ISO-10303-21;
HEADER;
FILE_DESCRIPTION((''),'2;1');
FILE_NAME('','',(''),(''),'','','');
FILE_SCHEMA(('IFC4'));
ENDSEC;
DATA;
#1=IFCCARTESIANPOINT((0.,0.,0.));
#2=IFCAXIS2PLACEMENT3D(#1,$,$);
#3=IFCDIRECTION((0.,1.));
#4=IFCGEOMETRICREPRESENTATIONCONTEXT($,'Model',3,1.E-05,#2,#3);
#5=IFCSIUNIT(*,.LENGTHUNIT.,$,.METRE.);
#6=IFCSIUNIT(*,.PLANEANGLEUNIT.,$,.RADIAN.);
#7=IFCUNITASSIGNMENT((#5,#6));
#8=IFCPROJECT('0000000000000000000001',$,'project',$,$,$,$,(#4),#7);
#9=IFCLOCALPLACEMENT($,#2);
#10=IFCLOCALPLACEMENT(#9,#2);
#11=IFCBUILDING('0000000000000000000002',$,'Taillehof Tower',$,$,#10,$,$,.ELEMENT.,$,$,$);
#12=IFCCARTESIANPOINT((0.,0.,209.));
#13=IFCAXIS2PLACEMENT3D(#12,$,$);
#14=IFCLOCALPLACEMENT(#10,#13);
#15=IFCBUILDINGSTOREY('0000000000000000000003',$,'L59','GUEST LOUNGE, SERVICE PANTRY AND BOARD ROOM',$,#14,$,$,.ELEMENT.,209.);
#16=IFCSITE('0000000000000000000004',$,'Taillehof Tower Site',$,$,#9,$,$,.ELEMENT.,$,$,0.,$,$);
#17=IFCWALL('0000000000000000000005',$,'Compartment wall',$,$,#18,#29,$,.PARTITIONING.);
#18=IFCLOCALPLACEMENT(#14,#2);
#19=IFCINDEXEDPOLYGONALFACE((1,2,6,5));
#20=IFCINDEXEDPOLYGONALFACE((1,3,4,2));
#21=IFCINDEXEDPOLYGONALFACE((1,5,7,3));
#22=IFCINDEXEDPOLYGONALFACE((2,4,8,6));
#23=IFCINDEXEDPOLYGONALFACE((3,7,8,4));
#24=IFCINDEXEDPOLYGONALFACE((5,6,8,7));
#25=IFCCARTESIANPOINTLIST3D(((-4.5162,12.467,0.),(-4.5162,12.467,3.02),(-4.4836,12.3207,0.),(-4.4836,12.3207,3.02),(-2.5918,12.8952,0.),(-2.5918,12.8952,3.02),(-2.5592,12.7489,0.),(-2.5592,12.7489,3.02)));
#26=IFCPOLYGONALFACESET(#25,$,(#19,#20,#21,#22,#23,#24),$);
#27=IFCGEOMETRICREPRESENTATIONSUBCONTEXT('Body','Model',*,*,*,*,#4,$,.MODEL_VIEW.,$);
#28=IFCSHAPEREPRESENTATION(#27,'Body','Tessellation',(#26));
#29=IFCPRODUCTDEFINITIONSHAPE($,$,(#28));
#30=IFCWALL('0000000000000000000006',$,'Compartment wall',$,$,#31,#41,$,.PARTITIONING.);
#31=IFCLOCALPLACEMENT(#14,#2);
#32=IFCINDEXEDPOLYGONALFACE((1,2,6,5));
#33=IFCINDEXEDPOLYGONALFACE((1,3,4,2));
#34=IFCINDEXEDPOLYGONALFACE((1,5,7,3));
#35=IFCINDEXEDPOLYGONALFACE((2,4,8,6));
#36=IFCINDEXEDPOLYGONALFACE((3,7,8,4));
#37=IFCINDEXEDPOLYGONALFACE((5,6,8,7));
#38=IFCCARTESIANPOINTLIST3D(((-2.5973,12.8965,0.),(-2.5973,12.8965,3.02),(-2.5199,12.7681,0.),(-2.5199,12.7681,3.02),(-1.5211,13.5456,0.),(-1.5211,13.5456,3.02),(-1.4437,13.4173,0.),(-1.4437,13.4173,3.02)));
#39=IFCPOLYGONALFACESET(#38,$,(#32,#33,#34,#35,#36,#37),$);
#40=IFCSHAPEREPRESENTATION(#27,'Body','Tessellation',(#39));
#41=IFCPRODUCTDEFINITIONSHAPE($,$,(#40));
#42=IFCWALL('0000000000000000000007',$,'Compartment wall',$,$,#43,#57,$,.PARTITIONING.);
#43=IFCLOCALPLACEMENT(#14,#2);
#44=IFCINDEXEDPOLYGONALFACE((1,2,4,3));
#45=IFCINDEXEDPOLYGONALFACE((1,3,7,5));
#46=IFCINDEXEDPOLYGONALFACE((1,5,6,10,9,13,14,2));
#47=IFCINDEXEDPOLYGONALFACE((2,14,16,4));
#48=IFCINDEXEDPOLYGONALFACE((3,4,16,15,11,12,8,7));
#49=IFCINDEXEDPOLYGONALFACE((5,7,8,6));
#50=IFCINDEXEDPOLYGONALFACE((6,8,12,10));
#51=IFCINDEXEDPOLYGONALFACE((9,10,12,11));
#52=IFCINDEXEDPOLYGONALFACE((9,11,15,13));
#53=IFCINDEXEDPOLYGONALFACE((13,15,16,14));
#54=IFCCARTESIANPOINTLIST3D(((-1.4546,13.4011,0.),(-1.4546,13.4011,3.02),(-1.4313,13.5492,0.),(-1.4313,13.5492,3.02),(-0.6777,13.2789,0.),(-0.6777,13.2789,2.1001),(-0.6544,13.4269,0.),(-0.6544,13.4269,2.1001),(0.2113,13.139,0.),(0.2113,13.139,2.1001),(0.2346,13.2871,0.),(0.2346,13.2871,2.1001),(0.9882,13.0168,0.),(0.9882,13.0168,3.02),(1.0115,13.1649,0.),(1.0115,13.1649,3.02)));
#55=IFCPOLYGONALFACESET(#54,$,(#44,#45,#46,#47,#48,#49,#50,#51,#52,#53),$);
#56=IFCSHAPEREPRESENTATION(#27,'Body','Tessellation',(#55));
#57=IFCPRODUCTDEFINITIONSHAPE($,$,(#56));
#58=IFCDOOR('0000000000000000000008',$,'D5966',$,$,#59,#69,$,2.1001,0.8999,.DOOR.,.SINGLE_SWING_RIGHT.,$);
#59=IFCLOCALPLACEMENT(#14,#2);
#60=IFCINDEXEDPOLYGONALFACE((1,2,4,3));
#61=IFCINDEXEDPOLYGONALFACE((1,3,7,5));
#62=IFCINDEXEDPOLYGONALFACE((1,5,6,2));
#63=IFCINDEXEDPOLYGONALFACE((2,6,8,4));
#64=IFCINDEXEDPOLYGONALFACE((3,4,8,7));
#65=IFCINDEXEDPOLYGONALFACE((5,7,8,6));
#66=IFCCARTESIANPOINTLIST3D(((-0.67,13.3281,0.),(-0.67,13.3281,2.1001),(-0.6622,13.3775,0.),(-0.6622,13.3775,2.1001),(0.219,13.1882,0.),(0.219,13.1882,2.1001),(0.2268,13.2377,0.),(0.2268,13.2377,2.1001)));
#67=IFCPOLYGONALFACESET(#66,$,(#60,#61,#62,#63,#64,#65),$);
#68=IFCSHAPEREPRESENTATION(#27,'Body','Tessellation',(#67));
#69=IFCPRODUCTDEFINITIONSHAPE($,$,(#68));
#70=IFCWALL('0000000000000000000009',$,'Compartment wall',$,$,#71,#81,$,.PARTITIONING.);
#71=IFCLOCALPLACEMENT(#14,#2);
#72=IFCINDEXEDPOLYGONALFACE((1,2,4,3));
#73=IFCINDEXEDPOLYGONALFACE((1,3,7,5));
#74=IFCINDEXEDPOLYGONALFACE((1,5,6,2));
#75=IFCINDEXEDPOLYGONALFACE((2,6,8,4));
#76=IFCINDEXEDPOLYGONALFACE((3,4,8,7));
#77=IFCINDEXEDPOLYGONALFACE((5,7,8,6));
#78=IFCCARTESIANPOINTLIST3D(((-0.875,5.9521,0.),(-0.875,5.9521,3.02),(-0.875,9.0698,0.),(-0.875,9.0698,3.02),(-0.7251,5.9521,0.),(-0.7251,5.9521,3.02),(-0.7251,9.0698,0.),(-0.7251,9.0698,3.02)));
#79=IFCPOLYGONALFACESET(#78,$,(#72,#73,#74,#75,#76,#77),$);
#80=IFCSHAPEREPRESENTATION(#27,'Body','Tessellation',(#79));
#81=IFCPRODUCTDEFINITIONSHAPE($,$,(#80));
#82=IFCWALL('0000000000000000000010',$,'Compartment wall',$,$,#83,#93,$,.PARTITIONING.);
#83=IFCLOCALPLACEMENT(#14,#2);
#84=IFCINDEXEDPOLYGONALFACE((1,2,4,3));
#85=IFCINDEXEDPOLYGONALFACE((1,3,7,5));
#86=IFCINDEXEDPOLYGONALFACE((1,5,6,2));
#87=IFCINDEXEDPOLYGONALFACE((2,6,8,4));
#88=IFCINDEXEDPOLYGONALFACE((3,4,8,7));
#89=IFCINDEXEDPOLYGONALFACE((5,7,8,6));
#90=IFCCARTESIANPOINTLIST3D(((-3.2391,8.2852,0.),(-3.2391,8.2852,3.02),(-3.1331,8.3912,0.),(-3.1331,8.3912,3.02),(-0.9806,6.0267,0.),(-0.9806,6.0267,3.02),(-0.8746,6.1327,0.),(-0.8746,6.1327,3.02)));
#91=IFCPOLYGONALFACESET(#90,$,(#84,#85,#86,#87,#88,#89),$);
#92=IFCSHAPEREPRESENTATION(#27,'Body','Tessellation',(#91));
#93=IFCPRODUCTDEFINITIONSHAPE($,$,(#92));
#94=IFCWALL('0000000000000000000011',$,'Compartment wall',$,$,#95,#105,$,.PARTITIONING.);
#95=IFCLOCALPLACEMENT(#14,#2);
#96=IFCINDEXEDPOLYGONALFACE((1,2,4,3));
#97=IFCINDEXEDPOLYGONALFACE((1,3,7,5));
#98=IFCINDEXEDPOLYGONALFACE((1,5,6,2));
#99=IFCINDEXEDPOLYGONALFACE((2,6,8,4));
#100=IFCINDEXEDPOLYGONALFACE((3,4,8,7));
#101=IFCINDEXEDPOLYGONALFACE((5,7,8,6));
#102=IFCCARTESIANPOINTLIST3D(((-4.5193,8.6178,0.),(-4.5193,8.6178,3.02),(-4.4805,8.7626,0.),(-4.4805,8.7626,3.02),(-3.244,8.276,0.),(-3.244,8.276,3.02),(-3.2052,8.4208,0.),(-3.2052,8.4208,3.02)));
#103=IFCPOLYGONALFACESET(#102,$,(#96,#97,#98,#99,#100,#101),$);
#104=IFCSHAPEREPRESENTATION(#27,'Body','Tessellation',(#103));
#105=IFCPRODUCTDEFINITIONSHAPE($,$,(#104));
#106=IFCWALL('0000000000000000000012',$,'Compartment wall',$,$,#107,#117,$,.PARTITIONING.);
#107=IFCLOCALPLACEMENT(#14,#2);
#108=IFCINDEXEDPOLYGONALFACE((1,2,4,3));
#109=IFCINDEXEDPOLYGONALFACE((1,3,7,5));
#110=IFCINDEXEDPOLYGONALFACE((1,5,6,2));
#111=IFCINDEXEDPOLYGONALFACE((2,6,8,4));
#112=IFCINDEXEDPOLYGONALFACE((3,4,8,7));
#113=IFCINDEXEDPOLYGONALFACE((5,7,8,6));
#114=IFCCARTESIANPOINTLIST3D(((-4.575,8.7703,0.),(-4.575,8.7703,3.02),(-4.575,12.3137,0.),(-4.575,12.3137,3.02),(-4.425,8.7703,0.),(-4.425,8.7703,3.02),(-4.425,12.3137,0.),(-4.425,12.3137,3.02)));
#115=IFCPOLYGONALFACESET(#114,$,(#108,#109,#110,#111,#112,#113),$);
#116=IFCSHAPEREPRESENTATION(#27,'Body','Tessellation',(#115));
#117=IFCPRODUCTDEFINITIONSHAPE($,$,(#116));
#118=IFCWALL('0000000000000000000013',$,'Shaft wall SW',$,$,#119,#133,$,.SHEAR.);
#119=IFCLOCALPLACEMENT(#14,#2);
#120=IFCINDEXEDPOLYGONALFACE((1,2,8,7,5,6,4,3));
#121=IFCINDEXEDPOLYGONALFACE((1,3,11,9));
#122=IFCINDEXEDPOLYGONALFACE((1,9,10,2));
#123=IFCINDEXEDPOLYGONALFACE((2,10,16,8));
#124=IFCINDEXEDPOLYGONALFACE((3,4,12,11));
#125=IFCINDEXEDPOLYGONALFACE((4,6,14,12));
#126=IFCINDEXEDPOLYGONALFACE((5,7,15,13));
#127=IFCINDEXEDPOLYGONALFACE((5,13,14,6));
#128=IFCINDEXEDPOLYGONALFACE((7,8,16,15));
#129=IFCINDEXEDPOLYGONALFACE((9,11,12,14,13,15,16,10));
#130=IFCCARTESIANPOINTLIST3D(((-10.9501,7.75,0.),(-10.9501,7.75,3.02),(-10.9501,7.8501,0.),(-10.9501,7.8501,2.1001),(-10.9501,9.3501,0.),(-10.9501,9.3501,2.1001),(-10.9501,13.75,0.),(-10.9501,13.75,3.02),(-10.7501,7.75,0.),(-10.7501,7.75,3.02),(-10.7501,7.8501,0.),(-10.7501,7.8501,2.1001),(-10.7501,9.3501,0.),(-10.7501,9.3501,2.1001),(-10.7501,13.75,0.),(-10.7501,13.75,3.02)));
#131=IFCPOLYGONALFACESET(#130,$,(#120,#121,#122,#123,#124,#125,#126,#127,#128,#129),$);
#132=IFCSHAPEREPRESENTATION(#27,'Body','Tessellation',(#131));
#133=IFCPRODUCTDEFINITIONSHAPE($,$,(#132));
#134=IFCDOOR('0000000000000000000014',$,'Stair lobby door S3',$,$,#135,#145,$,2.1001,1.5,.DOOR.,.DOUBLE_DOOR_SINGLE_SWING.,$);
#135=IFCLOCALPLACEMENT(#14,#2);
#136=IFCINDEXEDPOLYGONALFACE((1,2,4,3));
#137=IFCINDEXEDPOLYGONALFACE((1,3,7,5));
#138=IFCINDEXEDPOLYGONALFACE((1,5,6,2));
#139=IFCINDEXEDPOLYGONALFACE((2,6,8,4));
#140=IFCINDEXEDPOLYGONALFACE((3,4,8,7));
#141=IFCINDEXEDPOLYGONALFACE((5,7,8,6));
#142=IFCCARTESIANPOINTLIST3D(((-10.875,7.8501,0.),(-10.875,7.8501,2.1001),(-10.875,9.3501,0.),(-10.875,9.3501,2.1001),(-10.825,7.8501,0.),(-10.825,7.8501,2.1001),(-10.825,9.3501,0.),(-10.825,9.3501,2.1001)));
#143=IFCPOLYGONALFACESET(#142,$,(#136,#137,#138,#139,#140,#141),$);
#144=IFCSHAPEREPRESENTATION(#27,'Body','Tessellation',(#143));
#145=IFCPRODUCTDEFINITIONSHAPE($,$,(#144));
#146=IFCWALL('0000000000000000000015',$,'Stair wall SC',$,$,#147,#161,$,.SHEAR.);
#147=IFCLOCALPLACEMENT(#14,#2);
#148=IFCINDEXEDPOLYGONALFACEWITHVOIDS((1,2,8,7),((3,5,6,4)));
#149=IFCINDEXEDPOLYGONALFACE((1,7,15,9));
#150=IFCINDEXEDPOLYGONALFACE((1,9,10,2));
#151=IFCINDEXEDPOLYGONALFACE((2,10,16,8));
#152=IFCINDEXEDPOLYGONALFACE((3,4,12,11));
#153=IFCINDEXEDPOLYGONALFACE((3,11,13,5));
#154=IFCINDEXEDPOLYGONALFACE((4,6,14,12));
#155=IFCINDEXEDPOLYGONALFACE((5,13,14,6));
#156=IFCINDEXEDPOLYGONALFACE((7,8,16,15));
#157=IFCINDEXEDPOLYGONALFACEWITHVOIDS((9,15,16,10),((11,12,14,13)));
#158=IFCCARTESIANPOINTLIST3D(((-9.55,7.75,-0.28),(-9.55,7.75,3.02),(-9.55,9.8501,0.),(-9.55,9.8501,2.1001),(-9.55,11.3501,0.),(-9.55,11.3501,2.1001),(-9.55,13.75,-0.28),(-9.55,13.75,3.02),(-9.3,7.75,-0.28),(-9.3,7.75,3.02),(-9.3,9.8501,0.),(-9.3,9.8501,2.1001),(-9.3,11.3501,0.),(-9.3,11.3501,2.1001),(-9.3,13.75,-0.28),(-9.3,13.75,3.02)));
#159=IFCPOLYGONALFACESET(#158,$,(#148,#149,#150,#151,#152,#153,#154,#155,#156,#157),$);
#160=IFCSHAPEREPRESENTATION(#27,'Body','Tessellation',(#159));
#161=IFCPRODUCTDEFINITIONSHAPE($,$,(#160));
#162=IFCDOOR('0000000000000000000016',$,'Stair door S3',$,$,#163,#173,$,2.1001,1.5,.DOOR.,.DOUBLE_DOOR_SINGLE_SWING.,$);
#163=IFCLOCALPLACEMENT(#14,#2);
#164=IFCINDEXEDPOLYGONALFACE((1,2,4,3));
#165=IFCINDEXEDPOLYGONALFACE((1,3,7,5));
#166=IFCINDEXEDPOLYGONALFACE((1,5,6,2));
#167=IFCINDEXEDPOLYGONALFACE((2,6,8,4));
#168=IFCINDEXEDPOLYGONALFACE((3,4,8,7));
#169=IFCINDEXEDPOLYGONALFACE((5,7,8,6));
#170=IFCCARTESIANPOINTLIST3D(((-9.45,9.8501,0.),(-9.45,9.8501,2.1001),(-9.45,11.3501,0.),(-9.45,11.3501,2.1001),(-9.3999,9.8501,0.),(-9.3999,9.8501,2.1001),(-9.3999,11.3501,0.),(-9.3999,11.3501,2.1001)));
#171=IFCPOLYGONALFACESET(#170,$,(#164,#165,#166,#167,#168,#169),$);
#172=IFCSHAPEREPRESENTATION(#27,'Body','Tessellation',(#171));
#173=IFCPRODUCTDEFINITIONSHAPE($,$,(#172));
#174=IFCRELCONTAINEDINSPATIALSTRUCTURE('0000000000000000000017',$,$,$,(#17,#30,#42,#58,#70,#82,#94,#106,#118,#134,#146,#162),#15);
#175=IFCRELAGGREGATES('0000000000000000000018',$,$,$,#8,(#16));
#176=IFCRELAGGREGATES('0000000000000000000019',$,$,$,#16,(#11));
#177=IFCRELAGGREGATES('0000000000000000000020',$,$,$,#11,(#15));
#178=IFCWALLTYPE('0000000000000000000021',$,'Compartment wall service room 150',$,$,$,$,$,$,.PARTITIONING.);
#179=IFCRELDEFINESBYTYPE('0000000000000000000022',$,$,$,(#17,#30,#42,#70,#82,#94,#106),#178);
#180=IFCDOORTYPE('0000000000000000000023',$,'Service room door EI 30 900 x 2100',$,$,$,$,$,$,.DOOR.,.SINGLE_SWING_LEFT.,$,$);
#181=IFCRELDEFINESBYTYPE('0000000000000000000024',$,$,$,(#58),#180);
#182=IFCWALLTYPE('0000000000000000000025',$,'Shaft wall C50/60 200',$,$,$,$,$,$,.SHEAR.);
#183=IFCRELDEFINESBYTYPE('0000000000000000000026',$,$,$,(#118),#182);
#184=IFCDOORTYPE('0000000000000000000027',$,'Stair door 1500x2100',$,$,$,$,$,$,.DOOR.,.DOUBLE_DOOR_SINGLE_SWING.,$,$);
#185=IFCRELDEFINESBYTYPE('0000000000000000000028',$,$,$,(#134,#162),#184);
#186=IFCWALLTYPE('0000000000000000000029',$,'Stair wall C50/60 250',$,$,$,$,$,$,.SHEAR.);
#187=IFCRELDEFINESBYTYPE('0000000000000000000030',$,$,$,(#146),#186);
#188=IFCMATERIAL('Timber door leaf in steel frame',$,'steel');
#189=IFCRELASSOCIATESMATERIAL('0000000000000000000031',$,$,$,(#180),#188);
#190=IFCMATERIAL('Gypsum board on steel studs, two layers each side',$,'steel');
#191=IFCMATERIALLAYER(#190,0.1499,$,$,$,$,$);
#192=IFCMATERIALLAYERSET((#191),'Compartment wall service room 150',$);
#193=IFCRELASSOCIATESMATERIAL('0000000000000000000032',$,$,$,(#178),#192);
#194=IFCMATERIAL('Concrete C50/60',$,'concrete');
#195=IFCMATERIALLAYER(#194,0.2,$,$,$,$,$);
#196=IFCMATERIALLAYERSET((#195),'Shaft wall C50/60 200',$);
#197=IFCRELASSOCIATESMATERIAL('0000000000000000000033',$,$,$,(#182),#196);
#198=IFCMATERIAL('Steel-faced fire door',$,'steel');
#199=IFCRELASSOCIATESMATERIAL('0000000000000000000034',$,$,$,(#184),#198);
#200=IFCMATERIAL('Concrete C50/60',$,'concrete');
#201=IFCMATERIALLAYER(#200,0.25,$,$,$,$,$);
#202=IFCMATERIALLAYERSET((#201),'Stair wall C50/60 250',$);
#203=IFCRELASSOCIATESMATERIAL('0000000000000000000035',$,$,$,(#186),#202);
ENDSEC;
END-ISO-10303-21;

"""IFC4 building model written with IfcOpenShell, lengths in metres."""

from ifc_helpers import new_model, si_unit, direction, frame, frame_2d, origin, place, context, subcontext, project, spatial, rectangle, extrude, material, layer, layer_set, type_object, element, fill, save


model = new_model("IFC4")

# Units and contexts
model_context = context("Model", 3, precision=1e-05, world=origin(), true_north=direction((0.0, 1.0)))
body_context = subcontext(model_context, "Body", "Model", "MODEL_VIEW")
ifc_project = project(units=[si_unit("LENGTHUNIT", "METRE"), si_unit("PLANEANGLEUNIT", "RADIAN")], contexts=[model_context])

# Site, building, storey
site_placement = place(None, origin())
site = spatial("IfcSite", under=ifc_project, at=site_placement, Name="Taillehof Tower Site", CompositionType="ELEMENT", RefElevation=0.0)
building_placement = place(site_placement, origin())
building = spatial("IfcBuilding", under=site, at=building_placement, Name="Taillehof Tower", CompositionType="ELEMENT")
storey_placement = place(building_placement, frame((0.0, 0.0, 209.0)))
storey = spatial("IfcBuildingStorey", under=building, at=storey_placement, Name="L59", Description="GUEST LOUNGE, SERVICE PANTRY AND BOARD ROOM", CompositionType="ELEMENT", Elevation=209.0)

# Shared definitions
ifc_material_1 = material(Name="Timber door leaf in steel frame", Category="steel")
door_type_1 = type_object("IfcDoorType", Name="Service room door EI 30 900 x 2100", OperationType="SINGLE_SWING_LEFT", PredefinedType="DOOR", material=ifc_material_1)

# Walls
ifc_material_2 = material(Name="Gypsum board on steel studs, two layers each side", Category="steel")
ifc_layer_1 = layer(ifc_material_2, 0.1499)
ifc_layer_set_1 = layer_set([ifc_layer_1], Name="Compartment wall service room 150")
wall_type_1 = type_object("IfcWallType", Name="Compartment wall service room 150", PredefinedType="PARTITIONING", material=ifc_layer_set_1)
wall_1_placement = place(storey_placement, frame((-4.5, 12.3938, 0.0), z_axis=(0.0, 0.0, 1.0), x_axis=(0.976123, 0.217219, 0.0)))
element("IfcWall", 1, at=wall_1_placement, inside=storey, type_object=wall_type_1, Name="Compartment wall", PredefinedType="PARTITIONING", context=body_context, shape_type="SweptSolid", body=[
    extrude(rectangle(XDim=1.9714, YDim=0.1499, at=frame_2d((0.9858, 0.0))), origin(), (0.0, 0.0, 1.0), 3.02),
])
wall_2_placement = place(storey_placement, frame((-2.5586, 12.8323, 0.0), z_axis=(0.0, 0.0, 1.0), x_axis=(0.856274, 0.516523, 0.0)))
element("IfcWall", 2, at=wall_2_placement, inside=storey, type_object=wall_type_1, Name="Compartment wall", PredefinedType="PARTITIONING", context=body_context, shape_type="SweptSolid", body=[
    extrude(rectangle(XDim=1.2568, YDim=0.1499, at=frame_2d((0.6284, 0.0))), origin(), (0.0, 0.0, 1.0), 3.02),
])

# Wall, opening, door
wall_3_placement = place(storey_placement, frame((-1.4429, 13.4751, 0.0), z_axis=(0.0, 0.0, 1.0), x_axis=(0.987852, -0.155395, 0.0)))
wall_3 = element("IfcWall", 3, at=wall_3_placement, inside=storey, type_object=wall_type_1, Name="Compartment wall", PredefinedType="PARTITIONING", context=body_context, shape_type="SweptSolid", body=[
    extrude(rectangle(XDim=2.4729, YDim=0.1499, at=frame_2d((1.2363, 0.0))), origin(), (0.0, 0.0, 1.0), 3.02),
])
opening_1_placement = place(wall_3_placement, frame((0.7864, 0.0, 0.0)))
opening_1 = element("IfcOpeningElement", 4, at=opening_1_placement, cuts=wall_3, PredefinedType="OPENING", context=body_context, shape_type="SweptSolid", body=[
    extrude(rectangle(XDim=0.8999, YDim=2.1001, at=frame_2d((0.45, 1.05))), frame((0.0, 0.085, 0.0), z_axis=(0.0, -1.0, 0.0), x_axis=(1.0, 0.0, 0.0)), (0.0, 0.0, 1.0), 0.1699),
])
door_1_placement = place(opening_1_placement, origin())
door_1 = element("IfcDoor", 5, at=door_1_placement, inside=storey, type_object=door_type_1, Name="D5966", OperationType="SINGLE_SWING_RIGHT", OverallHeight=2.1001, OverallWidth=0.8999, PredefinedType="DOOR", context=body_context, shape_type="SweptSolid", body=[
    extrude(rectangle(XDim=0.8999, YDim=2.1001, at=frame_2d((0.45, 1.05))), frame((0.0, 0.0249, 0.0), z_axis=(0.0, -1.0, 0.0), x_axis=(1.0, 0.0, 0.0)), (0.0, 0.0, 1.0), 0.05),
])
fill(opening_1, door_1)

# Walls
wall_4_placement = place(storey_placement, frame((-0.8, 9.0698, 0.0), z_axis=(0.0, 0.0, 1.0), x_axis=(0.0, -1.0, 0.0)))
element("IfcWall", 6, at=wall_4_placement, inside=storey, type_object=wall_type_1, Name="Compartment wall", PredefinedType="PARTITIONING", context=body_context, shape_type="SweptSolid", body=[
    extrude(rectangle(XDim=3.1177, YDim=0.1499, at=frame_2d((1.5588, 0.0))), origin(), (0.0, 0.0, 1.0), 3.02),
])
wall_5_placement = place(storey_placement, frame((-0.9275, 6.0796, 0.0), z_axis=(0.0, 0.0, 1.0), x_axis=(-0.707107, 0.707107, 0.0)))
element("IfcWall", 7, at=wall_5_placement, inside=storey, type_object=wall_type_1, Name="Compartment wall", PredefinedType="PARTITIONING", context=body_context, shape_type="SweptSolid", body=[
    extrude(rectangle(XDim=3.1941, YDim=0.1499, at=frame_2d((1.5972, 0.0))), origin(), (0.0, 0.0, 1.0), 3.02),
])
wall_6_placement = place(storey_placement, frame((-3.2246, 8.3484, 0.0), z_axis=(0.0, 0.0, 1.0), x_axis=(-0.965915, 0.258859, 0.0)))
element("IfcWall", 8, at=wall_6_placement, inside=storey, type_object=wall_type_1, Name="Compartment wall", PredefinedType="PARTITIONING", context=body_context, shape_type="SweptSolid", body=[
    extrude(rectangle(XDim=1.3203, YDim=0.1499, at=frame_2d((0.6602, 0.0))), origin(), (0.0, 0.0, 1.0), 3.02),
])
wall_7_placement = place(storey_placement, frame((-4.5, 8.7703, 0.0), z_axis=(0.0, 0.0, 1.0), x_axis=(0.0, 1.0, 0.0)))
element("IfcWall", 9, at=wall_7_placement, inside=storey, type_object=wall_type_1, Name="Compartment wall", PredefinedType="PARTITIONING", context=body_context, shape_type="SweptSolid", body=[
    extrude(rectangle(XDim=3.5435, YDim=0.1499, at=frame_2d((1.7717, 0.0))), origin(), (0.0, 0.0, 1.0), 3.02),
])

# Walls, openings, doors
ifc_material_3 = material(Name="Concrete C50/60", Category="concrete")
ifc_layer_2 = layer(ifc_material_3, 0.2)
ifc_layer_set_2 = layer_set([ifc_layer_2], Name="Shaft wall C50/60 200")
wall_type_2 = type_object("IfcWallType", Name="Shaft wall C50/60 200", PredefinedType="SHEAR", material=ifc_layer_set_2)
wall_8_placement = place(storey_placement, frame((-10.8501, 7.75, 0.0), z_axis=(0.0, 0.0, 1.0), x_axis=(0.0, 1.0, 0.0)))
wall_8 = element("IfcWall", 10, at=wall_8_placement, inside=storey, type_object=wall_type_2, Name="Shaft wall SW", PredefinedType="SHEAR", context=body_context, shape_type="SweptSolid", body=[
    extrude(rectangle(XDim=6.0, YDim=0.2, at=frame_2d((3.0, 0.0))), origin(), (0.0, 0.0, 1.0), 3.02),
])
opening_2_placement = place(wall_8_placement, frame((0.1001, 0.0, 0.0)))
opening_2 = element("IfcOpeningElement", 11, at=opening_2_placement, cuts=wall_8, PredefinedType="OPENING", context=body_context, shape_type="SweptSolid", body=[
    extrude(rectangle(XDim=1.5, YDim=2.1001, at=frame_2d((0.75, 1.05))), frame((0.0, 0.1099, 0.0), z_axis=(0.0, -1.0, 0.0), x_axis=(1.0, 0.0, 0.0)), (0.0, 0.0, 1.0), 0.22),
])
ifc_material_4 = material(Name="Steel-faced fire door", Category="steel")
door_type_2 = type_object("IfcDoorType", Name="Stair door 1500x2100", OperationType="DOUBLE_DOOR_SINGLE_SWING", PredefinedType="DOOR", material=ifc_material_4)
door_2_placement = place(opening_2_placement, origin())
door_2 = element("IfcDoor", 12, at=door_2_placement, inside=storey, type_object=door_type_2, Name="Stair lobby door S3", OperationType="DOUBLE_DOOR_SINGLE_SWING", OverallHeight=2.1001, OverallWidth=1.5, PredefinedType="DOOR", context=body_context, shape_type="SweptSolid", body=[
    extrude(rectangle(XDim=1.5, YDim=2.1001, at=frame_2d((0.75, 1.05))), frame((0.0, 0.0249, 0.0), z_axis=(0.0, -1.0, 0.0), x_axis=(1.0, 0.0, 0.0)), (0.0, 0.0, 1.0), 0.05),
])
fill(opening_2, door_2)
ifc_material_5 = material(Name="Concrete C50/60", Category="concrete")
ifc_layer_3 = layer(ifc_material_5, 0.25)
ifc_layer_set_3 = layer_set([ifc_layer_3], Name="Stair wall C50/60 250")
wall_type_3 = type_object("IfcWallType", Name="Stair wall C50/60 250", PredefinedType="SHEAR", material=ifc_layer_set_3)
wall_9_placement = place(storey_placement, frame((-9.425, 7.75, -0.28), z_axis=(0.0, 0.0, 1.0), x_axis=(0.0, 1.0, 0.0)))
wall_9 = element("IfcWall", 13, at=wall_9_placement, inside=storey, type_object=wall_type_3, Name="Stair wall SC", PredefinedType="SHEAR", context=body_context, shape_type="SweptSolid", body=[
    extrude(rectangle(XDim=6.0, YDim=0.25, at=frame_2d((3.0, 0.0))), origin(), (0.0, 0.0, 1.0), 3.3),
])
opening_3_placement = place(wall_9_placement, frame((2.1001, 0.0, 0.28)))
opening_3 = element("IfcOpeningElement", 14, at=opening_3_placement, cuts=wall_9, PredefinedType="OPENING", context=body_context, shape_type="SweptSolid", body=[
    extrude(rectangle(XDim=1.5, YDim=2.1001, at=frame_2d((0.75, 1.05))), frame((0.0, 0.135, 0.0), z_axis=(0.0, -1.0, 0.0), x_axis=(1.0, 0.0, 0.0)), (0.0, 0.0, 1.0), 0.27),
])
door_3_placement = place(opening_3_placement, origin())
door_3 = element("IfcDoor", 15, at=door_3_placement, inside=storey, type_object=door_type_2, Name="Stair door S3", OperationType="DOUBLE_DOOR_SINGLE_SWING", OverallHeight=2.1001, OverallWidth=1.5, PredefinedType="DOOR", context=body_context, shape_type="SweptSolid", body=[
    extrude(rectangle(XDim=1.5, YDim=2.1001, at=frame_2d((0.75, 1.05))), frame((0.0, 0.0249, 0.0), z_axis=(0.0, -1.0, 0.0), x_axis=(1.0, 0.0, 0.0)), (0.0, 0.0, 1.0), 0.05),
])
fill(opening_3, door_3)

save(model, "model.ifc")
